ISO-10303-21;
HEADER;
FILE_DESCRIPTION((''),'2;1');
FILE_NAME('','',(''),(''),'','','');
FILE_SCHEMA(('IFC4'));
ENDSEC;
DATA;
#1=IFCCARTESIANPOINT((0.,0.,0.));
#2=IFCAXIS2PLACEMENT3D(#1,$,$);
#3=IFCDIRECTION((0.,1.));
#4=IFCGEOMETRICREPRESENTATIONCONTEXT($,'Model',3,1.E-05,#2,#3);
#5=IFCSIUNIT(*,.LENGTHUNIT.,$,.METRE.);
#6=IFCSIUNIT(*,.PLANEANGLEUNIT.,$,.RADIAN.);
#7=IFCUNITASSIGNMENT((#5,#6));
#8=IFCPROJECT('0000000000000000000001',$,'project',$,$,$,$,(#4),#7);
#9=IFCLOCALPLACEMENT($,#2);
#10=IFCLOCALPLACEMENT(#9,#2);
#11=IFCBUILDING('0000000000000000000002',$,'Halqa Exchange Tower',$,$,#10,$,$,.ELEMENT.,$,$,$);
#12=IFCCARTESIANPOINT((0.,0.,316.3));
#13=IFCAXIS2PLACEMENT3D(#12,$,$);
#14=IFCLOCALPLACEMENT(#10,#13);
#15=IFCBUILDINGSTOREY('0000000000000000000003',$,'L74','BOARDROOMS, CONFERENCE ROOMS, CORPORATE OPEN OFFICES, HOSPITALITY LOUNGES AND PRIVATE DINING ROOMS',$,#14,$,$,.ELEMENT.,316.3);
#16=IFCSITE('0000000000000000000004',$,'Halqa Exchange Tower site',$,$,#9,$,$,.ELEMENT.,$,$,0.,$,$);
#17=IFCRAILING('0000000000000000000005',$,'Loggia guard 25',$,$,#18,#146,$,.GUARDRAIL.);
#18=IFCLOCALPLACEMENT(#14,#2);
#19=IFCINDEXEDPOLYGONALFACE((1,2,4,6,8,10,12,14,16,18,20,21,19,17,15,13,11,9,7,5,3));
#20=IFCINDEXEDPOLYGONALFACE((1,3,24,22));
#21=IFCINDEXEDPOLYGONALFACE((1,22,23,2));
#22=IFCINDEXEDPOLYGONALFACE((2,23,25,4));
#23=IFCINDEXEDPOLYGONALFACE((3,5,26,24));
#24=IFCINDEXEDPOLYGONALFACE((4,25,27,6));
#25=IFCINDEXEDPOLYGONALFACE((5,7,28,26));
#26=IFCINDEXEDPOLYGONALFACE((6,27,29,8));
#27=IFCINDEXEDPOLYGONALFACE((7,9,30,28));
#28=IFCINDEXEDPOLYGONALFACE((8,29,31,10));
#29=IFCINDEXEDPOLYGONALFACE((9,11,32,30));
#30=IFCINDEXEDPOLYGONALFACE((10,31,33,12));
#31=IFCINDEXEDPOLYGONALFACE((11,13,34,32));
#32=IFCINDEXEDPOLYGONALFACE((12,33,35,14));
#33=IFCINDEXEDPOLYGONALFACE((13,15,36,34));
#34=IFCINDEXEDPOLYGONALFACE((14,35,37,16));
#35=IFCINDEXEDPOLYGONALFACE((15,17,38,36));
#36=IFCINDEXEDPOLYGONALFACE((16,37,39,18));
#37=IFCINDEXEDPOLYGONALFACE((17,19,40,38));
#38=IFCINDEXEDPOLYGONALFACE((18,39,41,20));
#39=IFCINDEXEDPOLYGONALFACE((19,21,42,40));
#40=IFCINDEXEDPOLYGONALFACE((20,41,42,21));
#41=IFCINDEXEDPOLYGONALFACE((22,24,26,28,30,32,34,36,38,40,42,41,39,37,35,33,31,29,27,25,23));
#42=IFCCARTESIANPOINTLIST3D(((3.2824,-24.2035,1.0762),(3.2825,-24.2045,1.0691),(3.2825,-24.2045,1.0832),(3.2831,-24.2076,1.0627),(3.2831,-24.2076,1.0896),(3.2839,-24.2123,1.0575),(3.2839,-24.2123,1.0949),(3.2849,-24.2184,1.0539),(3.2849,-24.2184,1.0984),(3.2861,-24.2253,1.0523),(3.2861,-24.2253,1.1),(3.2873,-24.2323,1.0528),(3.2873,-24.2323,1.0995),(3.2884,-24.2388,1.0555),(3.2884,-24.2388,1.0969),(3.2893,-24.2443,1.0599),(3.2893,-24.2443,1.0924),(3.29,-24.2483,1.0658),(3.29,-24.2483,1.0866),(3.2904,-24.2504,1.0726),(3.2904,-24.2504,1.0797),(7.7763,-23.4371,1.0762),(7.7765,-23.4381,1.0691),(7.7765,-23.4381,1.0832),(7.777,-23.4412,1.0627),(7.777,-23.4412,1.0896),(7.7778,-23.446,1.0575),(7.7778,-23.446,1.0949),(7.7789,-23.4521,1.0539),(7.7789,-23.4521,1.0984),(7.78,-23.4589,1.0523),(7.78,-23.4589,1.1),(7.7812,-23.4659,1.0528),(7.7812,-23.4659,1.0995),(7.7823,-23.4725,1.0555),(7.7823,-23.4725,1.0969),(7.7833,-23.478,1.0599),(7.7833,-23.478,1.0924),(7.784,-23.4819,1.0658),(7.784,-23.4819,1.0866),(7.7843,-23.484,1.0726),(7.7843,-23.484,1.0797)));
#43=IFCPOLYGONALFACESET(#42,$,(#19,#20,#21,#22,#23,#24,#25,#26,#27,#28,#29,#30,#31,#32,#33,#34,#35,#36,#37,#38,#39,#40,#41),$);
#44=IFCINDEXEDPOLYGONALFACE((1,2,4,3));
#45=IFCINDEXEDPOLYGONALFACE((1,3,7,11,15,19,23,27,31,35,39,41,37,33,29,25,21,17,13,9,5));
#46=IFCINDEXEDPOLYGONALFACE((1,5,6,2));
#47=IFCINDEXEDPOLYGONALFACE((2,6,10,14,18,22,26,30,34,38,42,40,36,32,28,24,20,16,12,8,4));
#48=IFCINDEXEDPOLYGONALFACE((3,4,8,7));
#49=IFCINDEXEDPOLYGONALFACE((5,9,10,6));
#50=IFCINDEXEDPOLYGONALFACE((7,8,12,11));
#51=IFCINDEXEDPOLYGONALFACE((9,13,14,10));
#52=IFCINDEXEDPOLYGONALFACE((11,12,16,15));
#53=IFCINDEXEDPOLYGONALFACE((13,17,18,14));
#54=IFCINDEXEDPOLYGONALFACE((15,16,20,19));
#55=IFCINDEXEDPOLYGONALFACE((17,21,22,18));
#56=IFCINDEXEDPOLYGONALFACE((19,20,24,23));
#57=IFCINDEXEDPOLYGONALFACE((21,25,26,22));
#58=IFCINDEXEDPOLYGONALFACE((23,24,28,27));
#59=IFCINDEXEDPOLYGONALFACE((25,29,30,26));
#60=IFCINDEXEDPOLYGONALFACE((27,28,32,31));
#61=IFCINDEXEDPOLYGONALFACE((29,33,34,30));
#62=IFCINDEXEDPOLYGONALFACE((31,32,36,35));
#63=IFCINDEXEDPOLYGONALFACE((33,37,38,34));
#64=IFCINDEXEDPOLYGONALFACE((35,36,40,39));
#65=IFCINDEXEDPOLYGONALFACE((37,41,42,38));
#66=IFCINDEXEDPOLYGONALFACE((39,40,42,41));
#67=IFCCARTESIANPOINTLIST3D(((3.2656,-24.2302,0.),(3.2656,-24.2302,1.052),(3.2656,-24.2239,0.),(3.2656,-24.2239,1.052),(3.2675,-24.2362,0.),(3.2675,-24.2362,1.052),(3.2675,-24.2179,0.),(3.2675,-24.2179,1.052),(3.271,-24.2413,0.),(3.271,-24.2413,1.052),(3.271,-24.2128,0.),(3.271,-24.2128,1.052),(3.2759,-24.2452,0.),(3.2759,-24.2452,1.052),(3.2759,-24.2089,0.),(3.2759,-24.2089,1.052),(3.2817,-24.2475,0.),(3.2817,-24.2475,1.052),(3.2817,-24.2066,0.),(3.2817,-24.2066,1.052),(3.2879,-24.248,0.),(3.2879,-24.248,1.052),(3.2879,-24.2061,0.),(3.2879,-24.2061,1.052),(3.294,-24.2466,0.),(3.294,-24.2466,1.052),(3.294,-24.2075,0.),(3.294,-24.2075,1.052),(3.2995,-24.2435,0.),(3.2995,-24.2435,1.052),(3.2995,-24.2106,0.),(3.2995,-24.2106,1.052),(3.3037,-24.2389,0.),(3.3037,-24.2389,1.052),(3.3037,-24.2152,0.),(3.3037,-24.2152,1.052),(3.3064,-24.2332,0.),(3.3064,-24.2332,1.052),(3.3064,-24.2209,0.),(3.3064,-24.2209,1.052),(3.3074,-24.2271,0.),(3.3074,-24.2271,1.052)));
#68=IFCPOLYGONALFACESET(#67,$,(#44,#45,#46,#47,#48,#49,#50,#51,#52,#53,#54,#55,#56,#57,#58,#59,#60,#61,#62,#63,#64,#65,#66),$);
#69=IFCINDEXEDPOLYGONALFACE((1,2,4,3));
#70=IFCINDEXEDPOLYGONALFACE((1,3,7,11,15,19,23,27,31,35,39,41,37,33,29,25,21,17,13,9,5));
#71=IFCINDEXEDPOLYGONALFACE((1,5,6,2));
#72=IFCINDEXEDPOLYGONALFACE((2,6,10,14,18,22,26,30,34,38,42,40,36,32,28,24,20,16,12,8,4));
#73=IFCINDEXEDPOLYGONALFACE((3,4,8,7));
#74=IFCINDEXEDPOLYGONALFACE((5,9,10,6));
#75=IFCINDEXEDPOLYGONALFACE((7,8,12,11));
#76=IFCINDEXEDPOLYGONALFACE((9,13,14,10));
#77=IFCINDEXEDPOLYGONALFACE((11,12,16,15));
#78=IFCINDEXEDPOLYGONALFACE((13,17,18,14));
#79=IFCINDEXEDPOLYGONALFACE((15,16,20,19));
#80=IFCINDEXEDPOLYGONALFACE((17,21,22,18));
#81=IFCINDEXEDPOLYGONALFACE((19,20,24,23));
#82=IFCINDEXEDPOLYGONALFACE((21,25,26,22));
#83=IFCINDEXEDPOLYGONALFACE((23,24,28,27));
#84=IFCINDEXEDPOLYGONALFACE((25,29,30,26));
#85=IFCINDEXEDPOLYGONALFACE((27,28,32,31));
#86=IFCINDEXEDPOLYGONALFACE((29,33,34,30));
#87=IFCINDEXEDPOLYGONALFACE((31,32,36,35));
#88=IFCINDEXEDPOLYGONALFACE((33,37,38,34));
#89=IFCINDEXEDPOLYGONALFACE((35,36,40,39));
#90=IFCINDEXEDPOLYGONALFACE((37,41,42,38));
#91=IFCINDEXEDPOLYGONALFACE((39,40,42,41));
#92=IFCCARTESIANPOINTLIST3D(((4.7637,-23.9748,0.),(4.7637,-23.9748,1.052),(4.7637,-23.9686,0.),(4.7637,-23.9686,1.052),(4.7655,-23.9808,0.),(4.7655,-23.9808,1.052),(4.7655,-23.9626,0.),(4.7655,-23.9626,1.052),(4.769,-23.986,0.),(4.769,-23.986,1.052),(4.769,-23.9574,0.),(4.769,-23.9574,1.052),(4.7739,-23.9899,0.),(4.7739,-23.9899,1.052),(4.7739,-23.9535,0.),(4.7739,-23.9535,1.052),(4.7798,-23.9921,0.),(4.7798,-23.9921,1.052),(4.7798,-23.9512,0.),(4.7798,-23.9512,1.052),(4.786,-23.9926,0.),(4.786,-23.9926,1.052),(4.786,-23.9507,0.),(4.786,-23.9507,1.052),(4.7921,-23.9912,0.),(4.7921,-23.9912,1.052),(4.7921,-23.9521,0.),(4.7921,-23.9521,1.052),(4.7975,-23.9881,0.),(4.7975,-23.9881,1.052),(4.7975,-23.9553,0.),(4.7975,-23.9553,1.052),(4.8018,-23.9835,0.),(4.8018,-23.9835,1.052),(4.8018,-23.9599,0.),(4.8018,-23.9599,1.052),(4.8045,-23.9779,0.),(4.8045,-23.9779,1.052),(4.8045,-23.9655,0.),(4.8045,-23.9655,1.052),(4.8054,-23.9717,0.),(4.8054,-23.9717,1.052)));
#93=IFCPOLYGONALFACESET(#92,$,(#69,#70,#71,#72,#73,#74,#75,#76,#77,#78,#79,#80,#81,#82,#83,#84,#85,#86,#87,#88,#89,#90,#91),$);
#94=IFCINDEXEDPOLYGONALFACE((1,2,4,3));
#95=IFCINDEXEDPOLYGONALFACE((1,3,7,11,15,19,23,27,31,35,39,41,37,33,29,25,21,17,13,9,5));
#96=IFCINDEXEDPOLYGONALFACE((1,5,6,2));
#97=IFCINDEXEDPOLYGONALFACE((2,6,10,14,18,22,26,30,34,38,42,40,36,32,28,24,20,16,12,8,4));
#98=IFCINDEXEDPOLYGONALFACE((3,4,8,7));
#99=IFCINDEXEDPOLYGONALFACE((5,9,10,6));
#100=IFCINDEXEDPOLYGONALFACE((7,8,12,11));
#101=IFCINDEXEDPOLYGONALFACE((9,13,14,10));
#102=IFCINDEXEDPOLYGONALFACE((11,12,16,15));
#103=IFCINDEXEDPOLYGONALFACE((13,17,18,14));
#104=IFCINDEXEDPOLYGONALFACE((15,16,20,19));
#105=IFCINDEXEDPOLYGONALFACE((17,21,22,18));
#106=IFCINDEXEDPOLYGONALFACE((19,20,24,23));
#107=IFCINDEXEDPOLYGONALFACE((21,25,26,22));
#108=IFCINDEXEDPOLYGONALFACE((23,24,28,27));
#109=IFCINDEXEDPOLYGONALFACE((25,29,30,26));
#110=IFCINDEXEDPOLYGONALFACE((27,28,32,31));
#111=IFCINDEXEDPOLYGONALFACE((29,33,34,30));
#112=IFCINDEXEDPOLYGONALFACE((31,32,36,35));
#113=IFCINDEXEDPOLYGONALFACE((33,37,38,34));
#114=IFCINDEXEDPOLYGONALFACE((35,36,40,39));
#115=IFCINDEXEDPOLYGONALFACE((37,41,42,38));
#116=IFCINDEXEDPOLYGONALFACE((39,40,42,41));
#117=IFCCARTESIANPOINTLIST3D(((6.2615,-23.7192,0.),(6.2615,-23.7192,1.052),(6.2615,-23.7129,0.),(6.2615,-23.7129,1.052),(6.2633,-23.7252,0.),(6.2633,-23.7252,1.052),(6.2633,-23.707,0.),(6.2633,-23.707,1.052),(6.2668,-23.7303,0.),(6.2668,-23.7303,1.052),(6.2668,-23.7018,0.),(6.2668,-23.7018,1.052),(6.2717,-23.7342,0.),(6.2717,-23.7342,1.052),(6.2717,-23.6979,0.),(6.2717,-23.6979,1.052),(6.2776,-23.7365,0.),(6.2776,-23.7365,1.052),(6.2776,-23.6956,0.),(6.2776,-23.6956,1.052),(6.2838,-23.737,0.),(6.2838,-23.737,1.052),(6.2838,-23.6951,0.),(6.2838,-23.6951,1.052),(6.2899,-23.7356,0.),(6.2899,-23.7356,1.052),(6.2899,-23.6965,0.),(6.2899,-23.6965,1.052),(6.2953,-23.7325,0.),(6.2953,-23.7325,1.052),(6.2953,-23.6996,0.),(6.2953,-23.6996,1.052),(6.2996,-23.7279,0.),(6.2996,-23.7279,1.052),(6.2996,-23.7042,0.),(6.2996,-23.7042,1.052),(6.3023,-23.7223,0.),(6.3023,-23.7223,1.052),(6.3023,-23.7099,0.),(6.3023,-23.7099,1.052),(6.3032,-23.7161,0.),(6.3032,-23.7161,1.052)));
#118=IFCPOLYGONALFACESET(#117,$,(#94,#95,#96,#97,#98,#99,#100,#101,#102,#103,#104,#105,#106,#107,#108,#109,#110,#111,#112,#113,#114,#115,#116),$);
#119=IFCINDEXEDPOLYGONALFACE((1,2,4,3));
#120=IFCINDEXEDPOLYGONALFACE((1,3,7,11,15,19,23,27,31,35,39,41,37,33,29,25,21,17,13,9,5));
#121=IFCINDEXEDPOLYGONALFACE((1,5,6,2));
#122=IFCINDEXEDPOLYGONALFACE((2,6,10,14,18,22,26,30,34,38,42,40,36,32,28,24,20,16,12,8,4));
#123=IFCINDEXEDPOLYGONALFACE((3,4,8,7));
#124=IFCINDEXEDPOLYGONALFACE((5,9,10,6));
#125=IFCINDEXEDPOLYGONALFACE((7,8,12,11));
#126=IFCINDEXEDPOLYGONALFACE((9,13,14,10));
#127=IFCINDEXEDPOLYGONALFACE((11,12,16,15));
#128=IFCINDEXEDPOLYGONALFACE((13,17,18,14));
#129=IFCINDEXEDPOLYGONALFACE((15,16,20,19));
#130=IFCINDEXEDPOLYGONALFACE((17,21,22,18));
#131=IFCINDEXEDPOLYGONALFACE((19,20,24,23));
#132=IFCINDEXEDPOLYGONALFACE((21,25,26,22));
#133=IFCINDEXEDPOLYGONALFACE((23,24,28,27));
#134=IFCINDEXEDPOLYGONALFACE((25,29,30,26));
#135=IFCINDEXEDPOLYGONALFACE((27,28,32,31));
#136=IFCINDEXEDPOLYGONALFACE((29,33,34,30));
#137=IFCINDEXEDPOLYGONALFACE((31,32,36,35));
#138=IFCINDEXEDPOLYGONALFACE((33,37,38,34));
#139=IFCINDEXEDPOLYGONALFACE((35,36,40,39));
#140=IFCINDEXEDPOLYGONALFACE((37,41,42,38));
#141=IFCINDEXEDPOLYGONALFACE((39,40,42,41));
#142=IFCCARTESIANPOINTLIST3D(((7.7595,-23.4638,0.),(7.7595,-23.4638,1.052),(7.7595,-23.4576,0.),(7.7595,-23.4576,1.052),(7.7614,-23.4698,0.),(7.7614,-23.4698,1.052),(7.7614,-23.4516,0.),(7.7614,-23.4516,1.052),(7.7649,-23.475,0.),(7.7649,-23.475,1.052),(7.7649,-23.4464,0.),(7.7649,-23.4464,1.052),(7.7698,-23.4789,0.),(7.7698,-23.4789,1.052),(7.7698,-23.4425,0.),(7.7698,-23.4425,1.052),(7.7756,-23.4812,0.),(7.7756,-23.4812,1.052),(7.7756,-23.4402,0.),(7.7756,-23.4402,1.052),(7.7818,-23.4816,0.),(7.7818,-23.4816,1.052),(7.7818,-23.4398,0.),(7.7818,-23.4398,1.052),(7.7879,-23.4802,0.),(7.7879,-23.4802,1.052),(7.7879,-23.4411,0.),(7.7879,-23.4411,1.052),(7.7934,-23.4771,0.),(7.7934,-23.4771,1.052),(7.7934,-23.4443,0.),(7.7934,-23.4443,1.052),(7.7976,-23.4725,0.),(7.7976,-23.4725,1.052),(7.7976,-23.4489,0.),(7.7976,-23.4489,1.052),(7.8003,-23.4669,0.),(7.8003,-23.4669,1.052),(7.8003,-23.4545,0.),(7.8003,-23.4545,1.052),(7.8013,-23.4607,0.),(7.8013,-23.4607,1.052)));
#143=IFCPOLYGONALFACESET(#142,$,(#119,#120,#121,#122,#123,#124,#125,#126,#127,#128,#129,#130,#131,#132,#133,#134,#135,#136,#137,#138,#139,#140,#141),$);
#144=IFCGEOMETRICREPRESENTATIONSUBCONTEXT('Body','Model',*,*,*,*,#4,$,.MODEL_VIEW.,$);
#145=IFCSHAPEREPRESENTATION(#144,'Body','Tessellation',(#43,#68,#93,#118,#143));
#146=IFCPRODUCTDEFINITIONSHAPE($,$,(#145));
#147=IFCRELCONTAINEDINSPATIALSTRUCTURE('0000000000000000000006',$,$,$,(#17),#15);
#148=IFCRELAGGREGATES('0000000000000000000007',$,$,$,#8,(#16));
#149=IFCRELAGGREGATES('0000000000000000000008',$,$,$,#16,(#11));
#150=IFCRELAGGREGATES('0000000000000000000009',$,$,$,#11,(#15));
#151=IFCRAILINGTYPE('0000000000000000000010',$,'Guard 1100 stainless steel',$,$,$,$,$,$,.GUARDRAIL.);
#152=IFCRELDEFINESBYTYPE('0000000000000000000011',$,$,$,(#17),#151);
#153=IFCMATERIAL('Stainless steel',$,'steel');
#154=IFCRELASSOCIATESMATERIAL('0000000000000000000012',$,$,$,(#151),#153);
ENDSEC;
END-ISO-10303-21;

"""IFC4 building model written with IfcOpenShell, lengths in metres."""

from ifc_helpers import new_model, si_unit, direction, frame, origin, origin_2d, place, context, subcontext, project, spatial, circle, extrude, material, type_object, element, save


model = new_model("IFC4")

# Units and contexts
model_context = context("Model", 3, precision=1e-05, world=origin(), true_north=direction((0.0, 1.0)))
body_context = subcontext(model_context, "Body", "Model", "MODEL_VIEW")
ifc_project = project(units=[si_unit("LENGTHUNIT", "METRE"), si_unit("PLANEANGLEUNIT", "RADIAN")], contexts=[model_context])

# Site, building, storey
site_placement = place(None, origin())
site = spatial("IfcSite", under=ifc_project, at=site_placement, Name="Halqa Exchange Tower site", CompositionType="ELEMENT", RefElevation=0.0)
building_placement = place(site_placement, origin())
building = spatial("IfcBuilding", under=site, at=building_placement, Name="Halqa Exchange Tower", CompositionType="ELEMENT")
storey_placement = place(building_placement, frame((0.0, 0.0, 316.3)))
storey = spatial("IfcBuildingStorey", under=building, at=storey_placement, Name="L74", Description="BOARDROOMS, CONFERENCE ROOMS, CORPORATE OPEN OFFICES, HOSPITALITY LOUNGES AND PRIVATE DINING ROOMS", CompositionType="ELEMENT", Elevation=316.3)

# Railing
ifc_material_1 = material(Name="Stainless steel", Category="steel")
railing_type = type_object("IfcRailingType", Name="Guard 1100 stainless steel", PredefinedType="GUARDRAIL", material=ifc_material_1)
railing_1_placement = place(storey_placement, frame((3.2864, -24.2271, 0.0)))
element("IfcRailing", 1, at=railing_1_placement, inside=storey, type_object=railing_type, Name="Loggia guard 25", PredefinedType="GUARDRAIL", context=body_context, shape_type="SweptSolid", body=[
    extrude(circle(Radius=0.0239, at=origin_2d()), frame((0.0, 0.0, 1.0762), z_axis=(0.985769, 0.168106, 0.0), x_axis=(-0.168106, 0.985769, 0.0)), (0.0, 0.0, 1.0), 4.5588),
    extrude(circle(Radius=0.021, at=origin_2d()), origin(), (0.0, 0.0, 1.0), 1.052),
    extrude(circle(Radius=0.021, at=origin_2d()), frame((1.498, 0.2554, 0.0)), (0.0, 0.0, 1.0), 1.052),
    extrude(circle(Radius=0.021, at=origin_2d()), frame((2.9958, 0.511, 0.0)), (0.0, 0.0, 1.0), 1.052),
    extrude(circle(Radius=0.021, at=origin_2d()), frame((4.4939, 0.7664, 0.0)), (0.0, 0.0, 1.0), 1.052),
])

save(model, "model.ifc")
